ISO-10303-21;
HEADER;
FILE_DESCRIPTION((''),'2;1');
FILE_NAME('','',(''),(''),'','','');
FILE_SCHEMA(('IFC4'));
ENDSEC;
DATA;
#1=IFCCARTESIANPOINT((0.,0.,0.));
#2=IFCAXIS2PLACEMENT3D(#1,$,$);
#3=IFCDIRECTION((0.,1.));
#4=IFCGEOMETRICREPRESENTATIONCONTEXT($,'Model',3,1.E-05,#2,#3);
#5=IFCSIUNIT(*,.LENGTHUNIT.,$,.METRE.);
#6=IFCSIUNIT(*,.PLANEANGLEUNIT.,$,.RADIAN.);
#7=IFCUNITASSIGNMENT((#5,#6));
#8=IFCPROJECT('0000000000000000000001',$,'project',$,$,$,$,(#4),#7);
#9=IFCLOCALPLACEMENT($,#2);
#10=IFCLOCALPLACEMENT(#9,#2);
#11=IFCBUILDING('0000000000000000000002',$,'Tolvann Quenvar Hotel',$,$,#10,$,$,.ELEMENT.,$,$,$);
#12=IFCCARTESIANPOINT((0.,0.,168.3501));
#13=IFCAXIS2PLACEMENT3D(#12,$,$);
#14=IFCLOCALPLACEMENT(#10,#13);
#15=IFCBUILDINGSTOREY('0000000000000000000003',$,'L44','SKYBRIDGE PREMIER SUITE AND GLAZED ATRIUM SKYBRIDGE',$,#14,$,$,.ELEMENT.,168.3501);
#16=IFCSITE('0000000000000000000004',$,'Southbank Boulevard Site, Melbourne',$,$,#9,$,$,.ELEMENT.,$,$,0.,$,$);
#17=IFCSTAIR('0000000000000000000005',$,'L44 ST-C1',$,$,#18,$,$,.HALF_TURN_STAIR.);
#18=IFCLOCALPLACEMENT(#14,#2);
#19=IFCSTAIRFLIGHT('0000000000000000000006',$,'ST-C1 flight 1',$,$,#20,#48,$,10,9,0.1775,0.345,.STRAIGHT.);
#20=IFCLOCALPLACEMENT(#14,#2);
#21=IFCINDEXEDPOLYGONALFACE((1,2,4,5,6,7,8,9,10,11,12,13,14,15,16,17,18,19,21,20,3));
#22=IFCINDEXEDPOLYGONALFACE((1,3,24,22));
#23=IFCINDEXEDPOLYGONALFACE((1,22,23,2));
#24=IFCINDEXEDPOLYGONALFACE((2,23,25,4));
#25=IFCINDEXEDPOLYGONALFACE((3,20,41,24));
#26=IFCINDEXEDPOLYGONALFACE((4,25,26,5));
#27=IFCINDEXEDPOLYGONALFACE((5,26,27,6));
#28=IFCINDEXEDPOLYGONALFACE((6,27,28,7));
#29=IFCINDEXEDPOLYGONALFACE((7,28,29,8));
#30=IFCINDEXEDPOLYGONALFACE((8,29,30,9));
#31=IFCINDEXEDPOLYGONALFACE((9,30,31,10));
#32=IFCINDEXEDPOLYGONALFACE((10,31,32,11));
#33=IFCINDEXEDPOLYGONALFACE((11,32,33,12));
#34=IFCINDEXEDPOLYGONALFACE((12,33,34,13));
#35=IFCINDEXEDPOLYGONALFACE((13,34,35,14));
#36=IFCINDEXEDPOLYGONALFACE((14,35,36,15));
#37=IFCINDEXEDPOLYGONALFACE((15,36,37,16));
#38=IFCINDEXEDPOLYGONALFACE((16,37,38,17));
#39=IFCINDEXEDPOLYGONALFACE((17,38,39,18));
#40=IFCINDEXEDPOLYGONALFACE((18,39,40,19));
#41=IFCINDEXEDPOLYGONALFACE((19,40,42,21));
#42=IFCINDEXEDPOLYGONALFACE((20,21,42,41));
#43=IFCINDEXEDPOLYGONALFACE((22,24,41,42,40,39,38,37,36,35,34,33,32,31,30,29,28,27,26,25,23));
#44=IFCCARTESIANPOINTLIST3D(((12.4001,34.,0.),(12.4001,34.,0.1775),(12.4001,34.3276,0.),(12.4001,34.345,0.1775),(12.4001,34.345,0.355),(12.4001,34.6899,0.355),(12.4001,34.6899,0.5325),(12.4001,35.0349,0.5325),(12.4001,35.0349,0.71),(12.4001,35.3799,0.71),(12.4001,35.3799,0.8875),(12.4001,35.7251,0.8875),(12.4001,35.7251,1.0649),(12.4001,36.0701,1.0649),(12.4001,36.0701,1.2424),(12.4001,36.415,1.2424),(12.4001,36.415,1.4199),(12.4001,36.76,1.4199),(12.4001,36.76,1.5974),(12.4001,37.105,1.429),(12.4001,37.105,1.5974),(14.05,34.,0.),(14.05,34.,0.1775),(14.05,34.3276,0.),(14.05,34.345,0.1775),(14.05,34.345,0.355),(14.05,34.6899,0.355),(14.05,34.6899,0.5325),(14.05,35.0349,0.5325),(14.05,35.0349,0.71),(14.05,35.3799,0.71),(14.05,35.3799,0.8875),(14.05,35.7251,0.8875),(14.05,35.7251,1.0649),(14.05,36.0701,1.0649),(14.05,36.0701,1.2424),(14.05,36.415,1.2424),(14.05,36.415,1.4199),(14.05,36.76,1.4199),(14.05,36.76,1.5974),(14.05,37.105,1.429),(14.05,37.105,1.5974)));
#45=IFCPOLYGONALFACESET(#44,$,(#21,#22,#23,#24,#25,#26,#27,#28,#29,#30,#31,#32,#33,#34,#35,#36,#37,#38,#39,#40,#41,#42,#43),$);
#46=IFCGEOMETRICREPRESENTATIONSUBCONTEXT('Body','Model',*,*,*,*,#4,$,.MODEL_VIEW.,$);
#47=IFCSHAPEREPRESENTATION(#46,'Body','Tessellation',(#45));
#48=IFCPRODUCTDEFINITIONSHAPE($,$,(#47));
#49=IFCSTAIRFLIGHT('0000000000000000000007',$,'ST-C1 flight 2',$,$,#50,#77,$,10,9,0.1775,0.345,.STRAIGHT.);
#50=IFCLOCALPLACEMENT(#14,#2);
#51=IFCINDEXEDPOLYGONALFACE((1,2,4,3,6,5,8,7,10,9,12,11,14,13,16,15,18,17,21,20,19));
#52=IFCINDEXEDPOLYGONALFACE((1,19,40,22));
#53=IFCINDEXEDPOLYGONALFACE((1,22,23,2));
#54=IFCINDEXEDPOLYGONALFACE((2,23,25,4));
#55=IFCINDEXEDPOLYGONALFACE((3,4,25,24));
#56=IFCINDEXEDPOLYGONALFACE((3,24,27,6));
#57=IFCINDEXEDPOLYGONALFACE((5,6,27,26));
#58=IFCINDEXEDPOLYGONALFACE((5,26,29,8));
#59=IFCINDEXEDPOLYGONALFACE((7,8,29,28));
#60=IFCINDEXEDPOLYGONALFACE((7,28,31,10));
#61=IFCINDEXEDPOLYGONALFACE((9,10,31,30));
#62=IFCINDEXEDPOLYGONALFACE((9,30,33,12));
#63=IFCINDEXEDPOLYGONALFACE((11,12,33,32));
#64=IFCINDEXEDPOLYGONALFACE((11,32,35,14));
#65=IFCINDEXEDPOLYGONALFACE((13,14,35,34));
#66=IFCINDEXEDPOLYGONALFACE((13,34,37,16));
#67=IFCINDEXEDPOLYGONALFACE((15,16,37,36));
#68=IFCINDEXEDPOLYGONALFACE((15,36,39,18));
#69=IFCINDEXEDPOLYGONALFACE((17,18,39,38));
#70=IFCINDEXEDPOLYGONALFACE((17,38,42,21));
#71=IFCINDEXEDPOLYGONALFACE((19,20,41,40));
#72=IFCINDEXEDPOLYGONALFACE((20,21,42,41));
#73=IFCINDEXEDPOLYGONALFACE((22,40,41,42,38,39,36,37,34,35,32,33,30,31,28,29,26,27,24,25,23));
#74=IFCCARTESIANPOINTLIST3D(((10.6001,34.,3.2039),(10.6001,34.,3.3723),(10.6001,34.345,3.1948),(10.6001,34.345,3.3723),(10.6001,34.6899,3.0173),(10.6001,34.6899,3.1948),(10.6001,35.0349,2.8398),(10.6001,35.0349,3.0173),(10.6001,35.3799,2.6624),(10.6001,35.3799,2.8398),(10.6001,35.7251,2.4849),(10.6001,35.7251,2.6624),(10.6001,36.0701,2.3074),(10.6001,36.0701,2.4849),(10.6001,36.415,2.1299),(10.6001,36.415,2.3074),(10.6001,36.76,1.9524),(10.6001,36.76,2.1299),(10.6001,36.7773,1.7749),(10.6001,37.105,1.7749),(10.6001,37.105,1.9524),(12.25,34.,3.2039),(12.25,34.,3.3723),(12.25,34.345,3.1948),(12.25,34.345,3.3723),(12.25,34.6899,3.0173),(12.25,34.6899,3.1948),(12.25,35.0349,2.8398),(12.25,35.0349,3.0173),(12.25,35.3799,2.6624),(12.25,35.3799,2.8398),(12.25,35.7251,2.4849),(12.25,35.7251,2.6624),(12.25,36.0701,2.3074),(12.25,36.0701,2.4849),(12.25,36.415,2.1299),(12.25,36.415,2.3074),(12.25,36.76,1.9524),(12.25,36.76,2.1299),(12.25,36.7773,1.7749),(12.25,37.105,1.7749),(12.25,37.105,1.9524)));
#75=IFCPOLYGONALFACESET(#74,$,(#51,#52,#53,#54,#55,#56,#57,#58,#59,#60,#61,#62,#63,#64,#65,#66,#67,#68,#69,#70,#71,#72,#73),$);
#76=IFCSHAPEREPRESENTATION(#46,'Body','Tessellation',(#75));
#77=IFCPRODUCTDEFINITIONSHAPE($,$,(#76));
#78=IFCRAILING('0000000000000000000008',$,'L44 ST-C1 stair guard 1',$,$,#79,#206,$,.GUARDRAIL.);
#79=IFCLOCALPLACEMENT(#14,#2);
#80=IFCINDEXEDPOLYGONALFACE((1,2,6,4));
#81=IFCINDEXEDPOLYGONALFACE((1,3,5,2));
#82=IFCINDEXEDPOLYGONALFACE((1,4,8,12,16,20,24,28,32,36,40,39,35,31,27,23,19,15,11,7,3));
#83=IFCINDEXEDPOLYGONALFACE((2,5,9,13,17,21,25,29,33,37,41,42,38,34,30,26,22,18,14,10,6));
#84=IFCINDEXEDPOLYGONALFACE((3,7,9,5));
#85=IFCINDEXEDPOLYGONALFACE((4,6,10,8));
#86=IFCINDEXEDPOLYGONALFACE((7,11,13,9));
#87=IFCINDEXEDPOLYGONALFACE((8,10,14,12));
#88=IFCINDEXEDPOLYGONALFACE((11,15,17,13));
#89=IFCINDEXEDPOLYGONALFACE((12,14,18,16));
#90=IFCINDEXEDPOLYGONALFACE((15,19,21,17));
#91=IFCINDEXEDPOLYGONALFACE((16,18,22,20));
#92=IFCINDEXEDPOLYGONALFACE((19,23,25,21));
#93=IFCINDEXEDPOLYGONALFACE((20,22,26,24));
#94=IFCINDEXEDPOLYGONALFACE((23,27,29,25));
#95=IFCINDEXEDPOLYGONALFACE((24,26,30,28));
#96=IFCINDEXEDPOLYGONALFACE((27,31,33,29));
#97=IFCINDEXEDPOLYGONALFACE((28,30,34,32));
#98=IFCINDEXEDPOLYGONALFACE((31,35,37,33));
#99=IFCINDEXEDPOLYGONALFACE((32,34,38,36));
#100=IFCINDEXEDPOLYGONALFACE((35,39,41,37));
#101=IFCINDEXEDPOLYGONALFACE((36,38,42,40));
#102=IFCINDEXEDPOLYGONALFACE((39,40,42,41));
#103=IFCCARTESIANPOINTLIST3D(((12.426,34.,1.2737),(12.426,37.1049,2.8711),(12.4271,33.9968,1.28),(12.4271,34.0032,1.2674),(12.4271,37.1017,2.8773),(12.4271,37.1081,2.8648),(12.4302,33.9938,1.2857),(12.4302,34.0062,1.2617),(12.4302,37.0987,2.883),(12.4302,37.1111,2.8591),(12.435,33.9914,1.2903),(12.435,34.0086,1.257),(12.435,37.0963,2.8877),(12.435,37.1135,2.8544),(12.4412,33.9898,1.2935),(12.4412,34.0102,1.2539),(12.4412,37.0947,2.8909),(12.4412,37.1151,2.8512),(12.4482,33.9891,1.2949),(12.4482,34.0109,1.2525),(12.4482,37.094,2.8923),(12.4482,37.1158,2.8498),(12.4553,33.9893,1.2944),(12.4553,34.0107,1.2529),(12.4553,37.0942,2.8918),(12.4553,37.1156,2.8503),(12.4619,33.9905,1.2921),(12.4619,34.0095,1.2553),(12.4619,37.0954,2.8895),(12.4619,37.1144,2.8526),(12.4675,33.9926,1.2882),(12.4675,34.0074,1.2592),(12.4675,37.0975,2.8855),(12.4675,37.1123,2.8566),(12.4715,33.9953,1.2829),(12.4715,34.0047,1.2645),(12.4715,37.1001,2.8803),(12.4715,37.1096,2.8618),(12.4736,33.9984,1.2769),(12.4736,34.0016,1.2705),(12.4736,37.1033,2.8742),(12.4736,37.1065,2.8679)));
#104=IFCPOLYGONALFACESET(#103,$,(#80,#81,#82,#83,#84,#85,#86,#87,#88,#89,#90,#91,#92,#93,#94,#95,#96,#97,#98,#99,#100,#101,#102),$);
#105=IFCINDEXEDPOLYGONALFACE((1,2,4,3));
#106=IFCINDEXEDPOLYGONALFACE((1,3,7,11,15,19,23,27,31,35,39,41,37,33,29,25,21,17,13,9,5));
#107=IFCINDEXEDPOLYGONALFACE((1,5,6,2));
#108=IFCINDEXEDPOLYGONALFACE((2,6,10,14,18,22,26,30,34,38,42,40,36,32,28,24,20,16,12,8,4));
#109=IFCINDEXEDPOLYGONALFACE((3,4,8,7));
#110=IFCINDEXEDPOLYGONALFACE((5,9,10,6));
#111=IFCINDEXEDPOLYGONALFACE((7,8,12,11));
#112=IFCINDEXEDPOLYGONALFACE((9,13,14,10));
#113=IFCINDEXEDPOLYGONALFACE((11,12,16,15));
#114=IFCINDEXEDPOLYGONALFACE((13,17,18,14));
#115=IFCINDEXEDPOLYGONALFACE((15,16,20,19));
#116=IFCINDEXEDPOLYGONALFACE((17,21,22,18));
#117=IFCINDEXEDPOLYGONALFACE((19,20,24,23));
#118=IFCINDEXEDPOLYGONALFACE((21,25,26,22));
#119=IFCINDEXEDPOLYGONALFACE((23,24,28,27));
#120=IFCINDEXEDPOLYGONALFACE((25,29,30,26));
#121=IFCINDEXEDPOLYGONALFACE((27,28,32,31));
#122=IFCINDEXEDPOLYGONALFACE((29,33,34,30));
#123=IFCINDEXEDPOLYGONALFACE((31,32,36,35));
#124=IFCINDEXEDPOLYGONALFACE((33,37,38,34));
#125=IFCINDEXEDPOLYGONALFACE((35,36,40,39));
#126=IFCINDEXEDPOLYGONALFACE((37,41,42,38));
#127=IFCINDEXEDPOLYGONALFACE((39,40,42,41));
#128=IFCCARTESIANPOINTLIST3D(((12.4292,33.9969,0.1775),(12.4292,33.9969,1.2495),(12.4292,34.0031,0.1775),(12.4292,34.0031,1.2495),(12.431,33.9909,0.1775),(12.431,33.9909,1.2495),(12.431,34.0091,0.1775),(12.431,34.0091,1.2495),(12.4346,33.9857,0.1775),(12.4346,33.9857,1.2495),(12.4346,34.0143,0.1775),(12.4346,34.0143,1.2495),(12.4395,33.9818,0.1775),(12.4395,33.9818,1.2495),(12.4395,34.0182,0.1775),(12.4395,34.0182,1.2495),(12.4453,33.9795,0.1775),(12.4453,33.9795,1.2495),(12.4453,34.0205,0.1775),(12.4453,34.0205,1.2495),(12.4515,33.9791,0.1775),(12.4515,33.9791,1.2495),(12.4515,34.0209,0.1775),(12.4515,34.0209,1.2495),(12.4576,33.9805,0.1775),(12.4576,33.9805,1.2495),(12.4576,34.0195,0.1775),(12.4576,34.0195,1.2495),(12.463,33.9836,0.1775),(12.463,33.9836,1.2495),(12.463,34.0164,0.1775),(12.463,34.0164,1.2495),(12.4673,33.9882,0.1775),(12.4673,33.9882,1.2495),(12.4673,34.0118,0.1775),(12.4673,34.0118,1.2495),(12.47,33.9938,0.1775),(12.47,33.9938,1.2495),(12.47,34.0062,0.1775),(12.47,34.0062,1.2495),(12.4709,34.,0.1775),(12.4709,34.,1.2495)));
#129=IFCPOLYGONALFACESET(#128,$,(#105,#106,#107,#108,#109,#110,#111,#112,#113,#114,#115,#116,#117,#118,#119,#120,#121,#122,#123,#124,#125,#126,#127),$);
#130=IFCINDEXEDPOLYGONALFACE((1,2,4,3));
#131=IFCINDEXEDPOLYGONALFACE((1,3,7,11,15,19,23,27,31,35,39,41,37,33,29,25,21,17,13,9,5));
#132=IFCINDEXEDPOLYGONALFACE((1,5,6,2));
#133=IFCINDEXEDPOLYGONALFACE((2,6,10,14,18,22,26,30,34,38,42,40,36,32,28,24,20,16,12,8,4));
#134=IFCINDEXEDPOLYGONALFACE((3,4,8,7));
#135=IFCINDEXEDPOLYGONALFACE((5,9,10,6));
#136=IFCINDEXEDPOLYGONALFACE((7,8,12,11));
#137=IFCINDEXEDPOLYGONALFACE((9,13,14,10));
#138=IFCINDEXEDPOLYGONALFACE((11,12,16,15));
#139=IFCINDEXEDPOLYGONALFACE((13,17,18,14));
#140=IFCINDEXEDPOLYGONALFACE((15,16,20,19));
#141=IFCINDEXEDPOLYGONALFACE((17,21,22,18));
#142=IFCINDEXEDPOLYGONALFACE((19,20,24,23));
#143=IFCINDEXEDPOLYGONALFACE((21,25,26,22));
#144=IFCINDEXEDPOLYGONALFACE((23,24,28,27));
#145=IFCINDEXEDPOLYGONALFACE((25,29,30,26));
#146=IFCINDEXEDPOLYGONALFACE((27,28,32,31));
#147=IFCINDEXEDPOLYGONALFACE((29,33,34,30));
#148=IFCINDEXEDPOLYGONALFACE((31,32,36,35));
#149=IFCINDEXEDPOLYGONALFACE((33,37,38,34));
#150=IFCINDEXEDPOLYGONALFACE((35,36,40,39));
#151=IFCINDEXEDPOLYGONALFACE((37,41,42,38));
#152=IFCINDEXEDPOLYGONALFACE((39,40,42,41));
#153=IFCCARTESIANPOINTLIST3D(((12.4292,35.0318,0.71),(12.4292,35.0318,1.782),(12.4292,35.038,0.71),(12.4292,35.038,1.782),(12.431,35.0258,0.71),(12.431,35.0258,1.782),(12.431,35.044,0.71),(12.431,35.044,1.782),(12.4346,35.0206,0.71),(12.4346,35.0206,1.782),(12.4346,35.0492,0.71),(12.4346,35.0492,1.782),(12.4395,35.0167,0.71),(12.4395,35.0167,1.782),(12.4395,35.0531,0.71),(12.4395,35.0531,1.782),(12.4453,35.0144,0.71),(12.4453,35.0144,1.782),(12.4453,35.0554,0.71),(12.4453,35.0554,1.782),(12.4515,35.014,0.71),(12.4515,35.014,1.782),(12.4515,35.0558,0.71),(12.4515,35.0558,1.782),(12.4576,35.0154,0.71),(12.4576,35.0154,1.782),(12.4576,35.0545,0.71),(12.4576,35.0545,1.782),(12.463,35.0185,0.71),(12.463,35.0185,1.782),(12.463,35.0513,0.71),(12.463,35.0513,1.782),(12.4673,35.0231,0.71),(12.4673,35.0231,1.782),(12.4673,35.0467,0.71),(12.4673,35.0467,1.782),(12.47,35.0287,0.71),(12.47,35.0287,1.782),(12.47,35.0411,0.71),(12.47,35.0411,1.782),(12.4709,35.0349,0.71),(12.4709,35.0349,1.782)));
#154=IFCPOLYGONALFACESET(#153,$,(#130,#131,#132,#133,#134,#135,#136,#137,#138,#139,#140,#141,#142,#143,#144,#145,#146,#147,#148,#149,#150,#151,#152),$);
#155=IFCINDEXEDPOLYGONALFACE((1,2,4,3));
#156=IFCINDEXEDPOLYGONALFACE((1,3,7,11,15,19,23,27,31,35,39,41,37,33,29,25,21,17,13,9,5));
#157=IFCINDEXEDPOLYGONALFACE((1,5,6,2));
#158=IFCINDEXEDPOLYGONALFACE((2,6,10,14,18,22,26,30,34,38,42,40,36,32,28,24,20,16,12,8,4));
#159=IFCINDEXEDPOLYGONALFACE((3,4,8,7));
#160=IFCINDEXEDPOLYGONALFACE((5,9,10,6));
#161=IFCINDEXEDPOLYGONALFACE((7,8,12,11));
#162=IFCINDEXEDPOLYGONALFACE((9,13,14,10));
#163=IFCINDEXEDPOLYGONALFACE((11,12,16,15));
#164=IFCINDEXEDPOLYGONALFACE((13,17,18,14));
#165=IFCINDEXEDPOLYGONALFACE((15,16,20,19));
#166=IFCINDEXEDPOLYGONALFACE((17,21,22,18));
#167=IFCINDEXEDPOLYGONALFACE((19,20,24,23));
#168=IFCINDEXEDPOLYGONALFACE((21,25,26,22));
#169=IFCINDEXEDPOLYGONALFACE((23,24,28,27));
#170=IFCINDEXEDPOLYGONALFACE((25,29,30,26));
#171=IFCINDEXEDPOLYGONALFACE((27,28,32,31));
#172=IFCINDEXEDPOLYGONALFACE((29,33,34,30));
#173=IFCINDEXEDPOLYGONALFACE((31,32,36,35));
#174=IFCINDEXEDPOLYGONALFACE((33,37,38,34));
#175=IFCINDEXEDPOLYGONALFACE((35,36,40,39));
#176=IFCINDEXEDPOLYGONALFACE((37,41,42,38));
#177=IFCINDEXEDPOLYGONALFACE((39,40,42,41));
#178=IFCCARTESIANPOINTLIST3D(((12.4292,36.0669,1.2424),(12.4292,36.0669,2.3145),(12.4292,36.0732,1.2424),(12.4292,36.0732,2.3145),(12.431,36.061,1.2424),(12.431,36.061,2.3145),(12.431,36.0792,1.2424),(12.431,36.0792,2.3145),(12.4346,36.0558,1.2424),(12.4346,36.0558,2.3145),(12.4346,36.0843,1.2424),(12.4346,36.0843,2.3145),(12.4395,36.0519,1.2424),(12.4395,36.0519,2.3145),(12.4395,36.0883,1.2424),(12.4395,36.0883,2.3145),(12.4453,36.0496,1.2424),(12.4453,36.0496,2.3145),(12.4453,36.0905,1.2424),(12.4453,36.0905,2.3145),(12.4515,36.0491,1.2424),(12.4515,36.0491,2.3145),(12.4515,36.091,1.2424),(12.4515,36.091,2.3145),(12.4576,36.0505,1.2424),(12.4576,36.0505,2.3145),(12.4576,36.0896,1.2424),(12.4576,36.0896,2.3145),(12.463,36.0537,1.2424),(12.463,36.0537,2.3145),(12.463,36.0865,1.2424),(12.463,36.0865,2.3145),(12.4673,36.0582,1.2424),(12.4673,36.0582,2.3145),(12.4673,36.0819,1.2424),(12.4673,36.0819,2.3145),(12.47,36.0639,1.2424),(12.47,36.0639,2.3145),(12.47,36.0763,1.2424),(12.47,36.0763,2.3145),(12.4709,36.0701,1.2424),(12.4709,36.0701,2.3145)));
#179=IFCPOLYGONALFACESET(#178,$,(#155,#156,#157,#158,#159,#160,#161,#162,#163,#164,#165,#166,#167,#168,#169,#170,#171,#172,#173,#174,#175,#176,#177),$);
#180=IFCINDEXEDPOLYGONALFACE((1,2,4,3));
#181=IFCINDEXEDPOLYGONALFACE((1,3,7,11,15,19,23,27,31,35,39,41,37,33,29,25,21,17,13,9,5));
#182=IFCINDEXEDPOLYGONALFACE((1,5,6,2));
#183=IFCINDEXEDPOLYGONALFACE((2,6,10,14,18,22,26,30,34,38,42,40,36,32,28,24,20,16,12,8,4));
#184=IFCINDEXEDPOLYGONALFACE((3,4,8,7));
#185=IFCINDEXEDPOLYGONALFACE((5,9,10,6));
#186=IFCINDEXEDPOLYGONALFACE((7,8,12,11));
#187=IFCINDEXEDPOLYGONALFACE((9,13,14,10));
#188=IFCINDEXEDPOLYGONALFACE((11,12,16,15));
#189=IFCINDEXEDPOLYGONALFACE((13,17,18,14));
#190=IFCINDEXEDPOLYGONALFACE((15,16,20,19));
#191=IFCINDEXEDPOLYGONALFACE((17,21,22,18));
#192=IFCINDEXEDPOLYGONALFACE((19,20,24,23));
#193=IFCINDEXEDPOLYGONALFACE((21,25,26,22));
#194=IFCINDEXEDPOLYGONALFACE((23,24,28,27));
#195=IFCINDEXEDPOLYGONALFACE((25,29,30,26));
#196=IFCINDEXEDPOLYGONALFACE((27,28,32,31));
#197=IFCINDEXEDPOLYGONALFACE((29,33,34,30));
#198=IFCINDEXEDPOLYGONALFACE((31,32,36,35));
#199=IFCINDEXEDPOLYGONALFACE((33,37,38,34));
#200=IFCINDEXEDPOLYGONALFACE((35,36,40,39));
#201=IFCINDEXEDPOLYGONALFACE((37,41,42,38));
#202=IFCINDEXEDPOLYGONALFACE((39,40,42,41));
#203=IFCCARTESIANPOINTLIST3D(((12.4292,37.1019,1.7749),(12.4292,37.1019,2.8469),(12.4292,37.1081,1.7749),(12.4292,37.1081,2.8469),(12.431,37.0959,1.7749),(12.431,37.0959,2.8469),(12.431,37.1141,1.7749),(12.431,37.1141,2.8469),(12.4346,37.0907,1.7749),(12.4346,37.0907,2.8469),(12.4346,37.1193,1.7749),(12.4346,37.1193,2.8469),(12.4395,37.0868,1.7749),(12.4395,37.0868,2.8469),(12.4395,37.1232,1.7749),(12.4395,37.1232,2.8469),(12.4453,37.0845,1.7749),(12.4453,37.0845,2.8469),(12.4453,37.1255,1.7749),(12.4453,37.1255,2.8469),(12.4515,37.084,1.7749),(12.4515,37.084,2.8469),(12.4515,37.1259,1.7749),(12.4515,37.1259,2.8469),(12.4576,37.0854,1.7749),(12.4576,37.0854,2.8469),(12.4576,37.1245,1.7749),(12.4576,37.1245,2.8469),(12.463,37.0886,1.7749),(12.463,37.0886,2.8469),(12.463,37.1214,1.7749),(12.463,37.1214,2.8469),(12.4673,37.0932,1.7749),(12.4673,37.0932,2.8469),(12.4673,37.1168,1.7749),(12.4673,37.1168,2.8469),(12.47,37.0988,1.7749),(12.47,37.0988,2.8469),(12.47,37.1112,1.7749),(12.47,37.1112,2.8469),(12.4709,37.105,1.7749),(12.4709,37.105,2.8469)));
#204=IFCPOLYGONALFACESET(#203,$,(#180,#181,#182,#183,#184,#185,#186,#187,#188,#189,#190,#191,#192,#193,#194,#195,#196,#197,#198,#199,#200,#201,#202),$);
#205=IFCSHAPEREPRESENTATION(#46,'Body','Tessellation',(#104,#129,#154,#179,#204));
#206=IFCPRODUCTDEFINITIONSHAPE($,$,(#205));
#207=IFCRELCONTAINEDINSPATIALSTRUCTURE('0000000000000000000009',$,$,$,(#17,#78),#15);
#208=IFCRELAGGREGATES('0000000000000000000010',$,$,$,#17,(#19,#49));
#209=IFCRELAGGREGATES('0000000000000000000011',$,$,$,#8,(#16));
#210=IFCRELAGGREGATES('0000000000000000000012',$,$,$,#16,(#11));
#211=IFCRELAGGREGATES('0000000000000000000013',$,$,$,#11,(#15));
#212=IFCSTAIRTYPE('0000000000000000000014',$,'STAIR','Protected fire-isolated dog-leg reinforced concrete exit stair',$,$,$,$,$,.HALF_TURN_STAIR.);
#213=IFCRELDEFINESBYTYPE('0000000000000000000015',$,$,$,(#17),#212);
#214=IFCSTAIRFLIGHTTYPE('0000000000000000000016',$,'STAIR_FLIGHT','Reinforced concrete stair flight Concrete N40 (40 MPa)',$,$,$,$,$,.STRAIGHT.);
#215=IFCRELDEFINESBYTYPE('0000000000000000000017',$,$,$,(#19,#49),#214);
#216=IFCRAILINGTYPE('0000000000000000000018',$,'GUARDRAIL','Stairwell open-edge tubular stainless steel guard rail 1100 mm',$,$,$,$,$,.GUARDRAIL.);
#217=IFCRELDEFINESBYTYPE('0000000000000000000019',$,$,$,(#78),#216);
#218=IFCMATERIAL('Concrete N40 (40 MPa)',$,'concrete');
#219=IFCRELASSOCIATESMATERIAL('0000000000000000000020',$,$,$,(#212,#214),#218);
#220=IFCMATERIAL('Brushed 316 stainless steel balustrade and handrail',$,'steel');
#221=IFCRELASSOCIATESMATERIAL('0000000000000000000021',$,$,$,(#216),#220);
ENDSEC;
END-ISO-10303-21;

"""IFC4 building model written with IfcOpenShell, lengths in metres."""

from ifc_helpers import new_model, si_unit, direction, frame, origin, origin_2d, place, context, subcontext, project, spatial, polyline, circle, outline, extrude, material, type_object, element, aggregate, save


model = new_model("IFC4")

# Units and contexts
model_context = context("Model", 3, precision=1e-05, world=origin(), true_north=direction((0.0, 1.0)))
body_context = subcontext(model_context, "Body", "Model", "MODEL_VIEW")
ifc_project = project(units=[si_unit("LENGTHUNIT", "METRE"), si_unit("PLANEANGLEUNIT", "RADIAN")], contexts=[model_context])

# Site, building, storey
site_placement = place(None, origin())
site = spatial("IfcSite", under=ifc_project, at=site_placement, Name="Southbank Boulevard Site, Melbourne", CompositionType="ELEMENT", RefElevation=0.0)
building_placement = place(site_placement, origin())
building = spatial("IfcBuilding", under=site, at=building_placement, Name="Tolvann Quenvar Hotel", CompositionType="ELEMENT")
storey_placement = place(building_placement, frame((0.0, 0.0, 168.3501)))
storey = spatial("IfcBuildingStorey", under=building, at=storey_placement, Name="L44", Description="SKYBRIDGE PREMIER SUITE AND GLAZED ATRIUM SKYBRIDGE", CompositionType="ELEMENT", Elevation=168.3501)

# Stair, stair flights
ifc_material_1 = material(Name="Concrete N40 (40 MPa)", Category="concrete")
stair_type = type_object("IfcStairType", Name="STAIR", Description="Protected fire-isolated dog-leg reinforced concrete exit stair", PredefinedType="HALF_TURN_STAIR", material=ifc_material_1)
stair_placement = place(storey_placement, origin())
stair = element("IfcStair", 1, at=stair_placement, inside=storey, type_object=stair_type, Name="L44 ST-C1", PredefinedType="HALF_TURN_STAIR")
stair_flight_type = type_object("IfcStairFlightType", Name="STAIR_FLIGHT", Description="Reinforced concrete stair flight Concrete N40 (40 MPa)", PredefinedType="STRAIGHT", material=ifc_material_1)
stair_flight_1_placement = place(storey_placement, frame((13.2251, 34.0, 0.0), z_axis=(0.0, 0.0, 1.0), x_axis=(0.0, 1.0, 0.0)))
stair_flight_1 = element("IfcStairFlight", 2, at=stair_flight_1_placement, type_object=stair_flight_type, Name="ST-C1 flight 1", NumberOfRisers=10, NumberOfTreads=9, PredefinedType="STRAIGHT", RiserHeight=0.1775, TreadLength=0.345, context=body_context, shape_type="SweptSolid", body=[
    extrude(outline(polyline([(0.0, 0.0), (0.0, 0.1775), (0.345, 0.1775), (0.345, 0.355), (0.6899, 0.355), (0.6899, 0.5325), (1.0349, 0.5325), (1.0349, 0.71), (1.3799, 0.71), (1.3799, 0.8875), (1.7251, 0.8875), (1.7251, 1.0649), (2.0701, 1.0649), (2.0701, 1.2424), (2.415, 1.2424), (2.415, 1.4199), (2.76, 1.4199), (2.76, 1.5974), (3.105, 1.5974), (3.105, 1.7749), (3.105, 1.429), (0.3276, 0.0), (0.0, 0.0)])), frame((0.0, 0.825, 0.0), z_axis=(0.0, -1.0, 0.0), x_axis=(1.0, 0.0, 0.0)), (0.0, 0.0, 1.0), 1.6499),
])
stair_flight_2_placement = place(storey_placement, frame((11.425, 37.105, 1.7749), z_axis=(0.0, 0.0, 1.0), x_axis=(0.0, -1.0, 0.0)))
stair_flight_2 = element("IfcStairFlight", 3, at=stair_flight_2_placement, type_object=stair_flight_type, Name="ST-C1 flight 2", NumberOfRisers=10, NumberOfTreads=9, PredefinedType="STRAIGHT", RiserHeight=0.1775, TreadLength=0.345, context=body_context, shape_type="SweptSolid", body=[
    extrude(outline(polyline([(0.0, 0.0), (0.0, 0.1775), (0.345, 0.1775), (0.345, 0.355), (0.6899, 0.355), (0.6899, 0.5325), (1.0349, 0.5325), (1.0349, 0.71), (1.3799, 0.71), (1.3799, 0.8875), (1.7251, 0.8875), (1.7251, 1.0649), (2.0701, 1.0649), (2.0701, 1.2424), (2.415, 1.2424), (2.415, 1.4199), (2.76, 1.4199), (2.76, 1.5974), (3.105, 1.5974), (3.105, 1.7749), (3.105, 1.429), (0.3276, 0.0), (0.0, 0.0)])), frame((0.0, 0.825, 0.0), z_axis=(0.0, -1.0, 0.0), x_axis=(1.0, 0.0, 0.0)), (0.0, 0.0, 1.0), 1.6499),
])
aggregate(stair, [stair_flight_1, stair_flight_2])

# Railing
ifc_material_2 = material(Name="Brushed 316 stainless steel balustrade and handrail", Category="steel")
railing_type_1 = type_object("IfcRailingType", Name="GUARDRAIL", Description="Stairwell open-edge tubular stainless steel guard rail 1100 mm", PredefinedType="GUARDRAIL", material=ifc_material_2)
railing_1_placement = place(storey_placement, frame((12.45, 34.0, 0.1775)))
element("IfcRailing", 4, at=railing_1_placement, inside=storey, type_object=railing_type_1, Name="L44 ST-C1 stair guard 1", PredefinedType="GUARDRAIL", context=body_context, shape_type="SweptSolid", body=[
    extrude(circle(Radius=0.0239, at=origin_2d()), frame((0.0, 0.0, 1.0962), z_axis=(0.0, 0.889222, 0.457476), x_axis=(-1.0, 0.0, 0.0)), (0.0, 0.0, 1.0), 3.4917),
    extrude(circle(Radius=0.021, at=origin_2d()), origin(), (0.0, 0.0, 1.0), 1.072),
    extrude(circle(Radius=0.021, at=origin_2d()), frame((0.0, 1.0349, 0.5325)), (0.0, 0.0, 1.0), 1.072),
    extrude(circle(Radius=0.021, at=origin_2d()), frame((0.0, 2.0701, 1.0649)), (0.0, 0.0, 1.0), 1.072),
    extrude(circle(Radius=0.021, at=origin_2d()), frame((0.0, 3.105, 1.5974)), (0.0, 0.0, 1.0), 1.072),
])

save(model, "model.ifc")
